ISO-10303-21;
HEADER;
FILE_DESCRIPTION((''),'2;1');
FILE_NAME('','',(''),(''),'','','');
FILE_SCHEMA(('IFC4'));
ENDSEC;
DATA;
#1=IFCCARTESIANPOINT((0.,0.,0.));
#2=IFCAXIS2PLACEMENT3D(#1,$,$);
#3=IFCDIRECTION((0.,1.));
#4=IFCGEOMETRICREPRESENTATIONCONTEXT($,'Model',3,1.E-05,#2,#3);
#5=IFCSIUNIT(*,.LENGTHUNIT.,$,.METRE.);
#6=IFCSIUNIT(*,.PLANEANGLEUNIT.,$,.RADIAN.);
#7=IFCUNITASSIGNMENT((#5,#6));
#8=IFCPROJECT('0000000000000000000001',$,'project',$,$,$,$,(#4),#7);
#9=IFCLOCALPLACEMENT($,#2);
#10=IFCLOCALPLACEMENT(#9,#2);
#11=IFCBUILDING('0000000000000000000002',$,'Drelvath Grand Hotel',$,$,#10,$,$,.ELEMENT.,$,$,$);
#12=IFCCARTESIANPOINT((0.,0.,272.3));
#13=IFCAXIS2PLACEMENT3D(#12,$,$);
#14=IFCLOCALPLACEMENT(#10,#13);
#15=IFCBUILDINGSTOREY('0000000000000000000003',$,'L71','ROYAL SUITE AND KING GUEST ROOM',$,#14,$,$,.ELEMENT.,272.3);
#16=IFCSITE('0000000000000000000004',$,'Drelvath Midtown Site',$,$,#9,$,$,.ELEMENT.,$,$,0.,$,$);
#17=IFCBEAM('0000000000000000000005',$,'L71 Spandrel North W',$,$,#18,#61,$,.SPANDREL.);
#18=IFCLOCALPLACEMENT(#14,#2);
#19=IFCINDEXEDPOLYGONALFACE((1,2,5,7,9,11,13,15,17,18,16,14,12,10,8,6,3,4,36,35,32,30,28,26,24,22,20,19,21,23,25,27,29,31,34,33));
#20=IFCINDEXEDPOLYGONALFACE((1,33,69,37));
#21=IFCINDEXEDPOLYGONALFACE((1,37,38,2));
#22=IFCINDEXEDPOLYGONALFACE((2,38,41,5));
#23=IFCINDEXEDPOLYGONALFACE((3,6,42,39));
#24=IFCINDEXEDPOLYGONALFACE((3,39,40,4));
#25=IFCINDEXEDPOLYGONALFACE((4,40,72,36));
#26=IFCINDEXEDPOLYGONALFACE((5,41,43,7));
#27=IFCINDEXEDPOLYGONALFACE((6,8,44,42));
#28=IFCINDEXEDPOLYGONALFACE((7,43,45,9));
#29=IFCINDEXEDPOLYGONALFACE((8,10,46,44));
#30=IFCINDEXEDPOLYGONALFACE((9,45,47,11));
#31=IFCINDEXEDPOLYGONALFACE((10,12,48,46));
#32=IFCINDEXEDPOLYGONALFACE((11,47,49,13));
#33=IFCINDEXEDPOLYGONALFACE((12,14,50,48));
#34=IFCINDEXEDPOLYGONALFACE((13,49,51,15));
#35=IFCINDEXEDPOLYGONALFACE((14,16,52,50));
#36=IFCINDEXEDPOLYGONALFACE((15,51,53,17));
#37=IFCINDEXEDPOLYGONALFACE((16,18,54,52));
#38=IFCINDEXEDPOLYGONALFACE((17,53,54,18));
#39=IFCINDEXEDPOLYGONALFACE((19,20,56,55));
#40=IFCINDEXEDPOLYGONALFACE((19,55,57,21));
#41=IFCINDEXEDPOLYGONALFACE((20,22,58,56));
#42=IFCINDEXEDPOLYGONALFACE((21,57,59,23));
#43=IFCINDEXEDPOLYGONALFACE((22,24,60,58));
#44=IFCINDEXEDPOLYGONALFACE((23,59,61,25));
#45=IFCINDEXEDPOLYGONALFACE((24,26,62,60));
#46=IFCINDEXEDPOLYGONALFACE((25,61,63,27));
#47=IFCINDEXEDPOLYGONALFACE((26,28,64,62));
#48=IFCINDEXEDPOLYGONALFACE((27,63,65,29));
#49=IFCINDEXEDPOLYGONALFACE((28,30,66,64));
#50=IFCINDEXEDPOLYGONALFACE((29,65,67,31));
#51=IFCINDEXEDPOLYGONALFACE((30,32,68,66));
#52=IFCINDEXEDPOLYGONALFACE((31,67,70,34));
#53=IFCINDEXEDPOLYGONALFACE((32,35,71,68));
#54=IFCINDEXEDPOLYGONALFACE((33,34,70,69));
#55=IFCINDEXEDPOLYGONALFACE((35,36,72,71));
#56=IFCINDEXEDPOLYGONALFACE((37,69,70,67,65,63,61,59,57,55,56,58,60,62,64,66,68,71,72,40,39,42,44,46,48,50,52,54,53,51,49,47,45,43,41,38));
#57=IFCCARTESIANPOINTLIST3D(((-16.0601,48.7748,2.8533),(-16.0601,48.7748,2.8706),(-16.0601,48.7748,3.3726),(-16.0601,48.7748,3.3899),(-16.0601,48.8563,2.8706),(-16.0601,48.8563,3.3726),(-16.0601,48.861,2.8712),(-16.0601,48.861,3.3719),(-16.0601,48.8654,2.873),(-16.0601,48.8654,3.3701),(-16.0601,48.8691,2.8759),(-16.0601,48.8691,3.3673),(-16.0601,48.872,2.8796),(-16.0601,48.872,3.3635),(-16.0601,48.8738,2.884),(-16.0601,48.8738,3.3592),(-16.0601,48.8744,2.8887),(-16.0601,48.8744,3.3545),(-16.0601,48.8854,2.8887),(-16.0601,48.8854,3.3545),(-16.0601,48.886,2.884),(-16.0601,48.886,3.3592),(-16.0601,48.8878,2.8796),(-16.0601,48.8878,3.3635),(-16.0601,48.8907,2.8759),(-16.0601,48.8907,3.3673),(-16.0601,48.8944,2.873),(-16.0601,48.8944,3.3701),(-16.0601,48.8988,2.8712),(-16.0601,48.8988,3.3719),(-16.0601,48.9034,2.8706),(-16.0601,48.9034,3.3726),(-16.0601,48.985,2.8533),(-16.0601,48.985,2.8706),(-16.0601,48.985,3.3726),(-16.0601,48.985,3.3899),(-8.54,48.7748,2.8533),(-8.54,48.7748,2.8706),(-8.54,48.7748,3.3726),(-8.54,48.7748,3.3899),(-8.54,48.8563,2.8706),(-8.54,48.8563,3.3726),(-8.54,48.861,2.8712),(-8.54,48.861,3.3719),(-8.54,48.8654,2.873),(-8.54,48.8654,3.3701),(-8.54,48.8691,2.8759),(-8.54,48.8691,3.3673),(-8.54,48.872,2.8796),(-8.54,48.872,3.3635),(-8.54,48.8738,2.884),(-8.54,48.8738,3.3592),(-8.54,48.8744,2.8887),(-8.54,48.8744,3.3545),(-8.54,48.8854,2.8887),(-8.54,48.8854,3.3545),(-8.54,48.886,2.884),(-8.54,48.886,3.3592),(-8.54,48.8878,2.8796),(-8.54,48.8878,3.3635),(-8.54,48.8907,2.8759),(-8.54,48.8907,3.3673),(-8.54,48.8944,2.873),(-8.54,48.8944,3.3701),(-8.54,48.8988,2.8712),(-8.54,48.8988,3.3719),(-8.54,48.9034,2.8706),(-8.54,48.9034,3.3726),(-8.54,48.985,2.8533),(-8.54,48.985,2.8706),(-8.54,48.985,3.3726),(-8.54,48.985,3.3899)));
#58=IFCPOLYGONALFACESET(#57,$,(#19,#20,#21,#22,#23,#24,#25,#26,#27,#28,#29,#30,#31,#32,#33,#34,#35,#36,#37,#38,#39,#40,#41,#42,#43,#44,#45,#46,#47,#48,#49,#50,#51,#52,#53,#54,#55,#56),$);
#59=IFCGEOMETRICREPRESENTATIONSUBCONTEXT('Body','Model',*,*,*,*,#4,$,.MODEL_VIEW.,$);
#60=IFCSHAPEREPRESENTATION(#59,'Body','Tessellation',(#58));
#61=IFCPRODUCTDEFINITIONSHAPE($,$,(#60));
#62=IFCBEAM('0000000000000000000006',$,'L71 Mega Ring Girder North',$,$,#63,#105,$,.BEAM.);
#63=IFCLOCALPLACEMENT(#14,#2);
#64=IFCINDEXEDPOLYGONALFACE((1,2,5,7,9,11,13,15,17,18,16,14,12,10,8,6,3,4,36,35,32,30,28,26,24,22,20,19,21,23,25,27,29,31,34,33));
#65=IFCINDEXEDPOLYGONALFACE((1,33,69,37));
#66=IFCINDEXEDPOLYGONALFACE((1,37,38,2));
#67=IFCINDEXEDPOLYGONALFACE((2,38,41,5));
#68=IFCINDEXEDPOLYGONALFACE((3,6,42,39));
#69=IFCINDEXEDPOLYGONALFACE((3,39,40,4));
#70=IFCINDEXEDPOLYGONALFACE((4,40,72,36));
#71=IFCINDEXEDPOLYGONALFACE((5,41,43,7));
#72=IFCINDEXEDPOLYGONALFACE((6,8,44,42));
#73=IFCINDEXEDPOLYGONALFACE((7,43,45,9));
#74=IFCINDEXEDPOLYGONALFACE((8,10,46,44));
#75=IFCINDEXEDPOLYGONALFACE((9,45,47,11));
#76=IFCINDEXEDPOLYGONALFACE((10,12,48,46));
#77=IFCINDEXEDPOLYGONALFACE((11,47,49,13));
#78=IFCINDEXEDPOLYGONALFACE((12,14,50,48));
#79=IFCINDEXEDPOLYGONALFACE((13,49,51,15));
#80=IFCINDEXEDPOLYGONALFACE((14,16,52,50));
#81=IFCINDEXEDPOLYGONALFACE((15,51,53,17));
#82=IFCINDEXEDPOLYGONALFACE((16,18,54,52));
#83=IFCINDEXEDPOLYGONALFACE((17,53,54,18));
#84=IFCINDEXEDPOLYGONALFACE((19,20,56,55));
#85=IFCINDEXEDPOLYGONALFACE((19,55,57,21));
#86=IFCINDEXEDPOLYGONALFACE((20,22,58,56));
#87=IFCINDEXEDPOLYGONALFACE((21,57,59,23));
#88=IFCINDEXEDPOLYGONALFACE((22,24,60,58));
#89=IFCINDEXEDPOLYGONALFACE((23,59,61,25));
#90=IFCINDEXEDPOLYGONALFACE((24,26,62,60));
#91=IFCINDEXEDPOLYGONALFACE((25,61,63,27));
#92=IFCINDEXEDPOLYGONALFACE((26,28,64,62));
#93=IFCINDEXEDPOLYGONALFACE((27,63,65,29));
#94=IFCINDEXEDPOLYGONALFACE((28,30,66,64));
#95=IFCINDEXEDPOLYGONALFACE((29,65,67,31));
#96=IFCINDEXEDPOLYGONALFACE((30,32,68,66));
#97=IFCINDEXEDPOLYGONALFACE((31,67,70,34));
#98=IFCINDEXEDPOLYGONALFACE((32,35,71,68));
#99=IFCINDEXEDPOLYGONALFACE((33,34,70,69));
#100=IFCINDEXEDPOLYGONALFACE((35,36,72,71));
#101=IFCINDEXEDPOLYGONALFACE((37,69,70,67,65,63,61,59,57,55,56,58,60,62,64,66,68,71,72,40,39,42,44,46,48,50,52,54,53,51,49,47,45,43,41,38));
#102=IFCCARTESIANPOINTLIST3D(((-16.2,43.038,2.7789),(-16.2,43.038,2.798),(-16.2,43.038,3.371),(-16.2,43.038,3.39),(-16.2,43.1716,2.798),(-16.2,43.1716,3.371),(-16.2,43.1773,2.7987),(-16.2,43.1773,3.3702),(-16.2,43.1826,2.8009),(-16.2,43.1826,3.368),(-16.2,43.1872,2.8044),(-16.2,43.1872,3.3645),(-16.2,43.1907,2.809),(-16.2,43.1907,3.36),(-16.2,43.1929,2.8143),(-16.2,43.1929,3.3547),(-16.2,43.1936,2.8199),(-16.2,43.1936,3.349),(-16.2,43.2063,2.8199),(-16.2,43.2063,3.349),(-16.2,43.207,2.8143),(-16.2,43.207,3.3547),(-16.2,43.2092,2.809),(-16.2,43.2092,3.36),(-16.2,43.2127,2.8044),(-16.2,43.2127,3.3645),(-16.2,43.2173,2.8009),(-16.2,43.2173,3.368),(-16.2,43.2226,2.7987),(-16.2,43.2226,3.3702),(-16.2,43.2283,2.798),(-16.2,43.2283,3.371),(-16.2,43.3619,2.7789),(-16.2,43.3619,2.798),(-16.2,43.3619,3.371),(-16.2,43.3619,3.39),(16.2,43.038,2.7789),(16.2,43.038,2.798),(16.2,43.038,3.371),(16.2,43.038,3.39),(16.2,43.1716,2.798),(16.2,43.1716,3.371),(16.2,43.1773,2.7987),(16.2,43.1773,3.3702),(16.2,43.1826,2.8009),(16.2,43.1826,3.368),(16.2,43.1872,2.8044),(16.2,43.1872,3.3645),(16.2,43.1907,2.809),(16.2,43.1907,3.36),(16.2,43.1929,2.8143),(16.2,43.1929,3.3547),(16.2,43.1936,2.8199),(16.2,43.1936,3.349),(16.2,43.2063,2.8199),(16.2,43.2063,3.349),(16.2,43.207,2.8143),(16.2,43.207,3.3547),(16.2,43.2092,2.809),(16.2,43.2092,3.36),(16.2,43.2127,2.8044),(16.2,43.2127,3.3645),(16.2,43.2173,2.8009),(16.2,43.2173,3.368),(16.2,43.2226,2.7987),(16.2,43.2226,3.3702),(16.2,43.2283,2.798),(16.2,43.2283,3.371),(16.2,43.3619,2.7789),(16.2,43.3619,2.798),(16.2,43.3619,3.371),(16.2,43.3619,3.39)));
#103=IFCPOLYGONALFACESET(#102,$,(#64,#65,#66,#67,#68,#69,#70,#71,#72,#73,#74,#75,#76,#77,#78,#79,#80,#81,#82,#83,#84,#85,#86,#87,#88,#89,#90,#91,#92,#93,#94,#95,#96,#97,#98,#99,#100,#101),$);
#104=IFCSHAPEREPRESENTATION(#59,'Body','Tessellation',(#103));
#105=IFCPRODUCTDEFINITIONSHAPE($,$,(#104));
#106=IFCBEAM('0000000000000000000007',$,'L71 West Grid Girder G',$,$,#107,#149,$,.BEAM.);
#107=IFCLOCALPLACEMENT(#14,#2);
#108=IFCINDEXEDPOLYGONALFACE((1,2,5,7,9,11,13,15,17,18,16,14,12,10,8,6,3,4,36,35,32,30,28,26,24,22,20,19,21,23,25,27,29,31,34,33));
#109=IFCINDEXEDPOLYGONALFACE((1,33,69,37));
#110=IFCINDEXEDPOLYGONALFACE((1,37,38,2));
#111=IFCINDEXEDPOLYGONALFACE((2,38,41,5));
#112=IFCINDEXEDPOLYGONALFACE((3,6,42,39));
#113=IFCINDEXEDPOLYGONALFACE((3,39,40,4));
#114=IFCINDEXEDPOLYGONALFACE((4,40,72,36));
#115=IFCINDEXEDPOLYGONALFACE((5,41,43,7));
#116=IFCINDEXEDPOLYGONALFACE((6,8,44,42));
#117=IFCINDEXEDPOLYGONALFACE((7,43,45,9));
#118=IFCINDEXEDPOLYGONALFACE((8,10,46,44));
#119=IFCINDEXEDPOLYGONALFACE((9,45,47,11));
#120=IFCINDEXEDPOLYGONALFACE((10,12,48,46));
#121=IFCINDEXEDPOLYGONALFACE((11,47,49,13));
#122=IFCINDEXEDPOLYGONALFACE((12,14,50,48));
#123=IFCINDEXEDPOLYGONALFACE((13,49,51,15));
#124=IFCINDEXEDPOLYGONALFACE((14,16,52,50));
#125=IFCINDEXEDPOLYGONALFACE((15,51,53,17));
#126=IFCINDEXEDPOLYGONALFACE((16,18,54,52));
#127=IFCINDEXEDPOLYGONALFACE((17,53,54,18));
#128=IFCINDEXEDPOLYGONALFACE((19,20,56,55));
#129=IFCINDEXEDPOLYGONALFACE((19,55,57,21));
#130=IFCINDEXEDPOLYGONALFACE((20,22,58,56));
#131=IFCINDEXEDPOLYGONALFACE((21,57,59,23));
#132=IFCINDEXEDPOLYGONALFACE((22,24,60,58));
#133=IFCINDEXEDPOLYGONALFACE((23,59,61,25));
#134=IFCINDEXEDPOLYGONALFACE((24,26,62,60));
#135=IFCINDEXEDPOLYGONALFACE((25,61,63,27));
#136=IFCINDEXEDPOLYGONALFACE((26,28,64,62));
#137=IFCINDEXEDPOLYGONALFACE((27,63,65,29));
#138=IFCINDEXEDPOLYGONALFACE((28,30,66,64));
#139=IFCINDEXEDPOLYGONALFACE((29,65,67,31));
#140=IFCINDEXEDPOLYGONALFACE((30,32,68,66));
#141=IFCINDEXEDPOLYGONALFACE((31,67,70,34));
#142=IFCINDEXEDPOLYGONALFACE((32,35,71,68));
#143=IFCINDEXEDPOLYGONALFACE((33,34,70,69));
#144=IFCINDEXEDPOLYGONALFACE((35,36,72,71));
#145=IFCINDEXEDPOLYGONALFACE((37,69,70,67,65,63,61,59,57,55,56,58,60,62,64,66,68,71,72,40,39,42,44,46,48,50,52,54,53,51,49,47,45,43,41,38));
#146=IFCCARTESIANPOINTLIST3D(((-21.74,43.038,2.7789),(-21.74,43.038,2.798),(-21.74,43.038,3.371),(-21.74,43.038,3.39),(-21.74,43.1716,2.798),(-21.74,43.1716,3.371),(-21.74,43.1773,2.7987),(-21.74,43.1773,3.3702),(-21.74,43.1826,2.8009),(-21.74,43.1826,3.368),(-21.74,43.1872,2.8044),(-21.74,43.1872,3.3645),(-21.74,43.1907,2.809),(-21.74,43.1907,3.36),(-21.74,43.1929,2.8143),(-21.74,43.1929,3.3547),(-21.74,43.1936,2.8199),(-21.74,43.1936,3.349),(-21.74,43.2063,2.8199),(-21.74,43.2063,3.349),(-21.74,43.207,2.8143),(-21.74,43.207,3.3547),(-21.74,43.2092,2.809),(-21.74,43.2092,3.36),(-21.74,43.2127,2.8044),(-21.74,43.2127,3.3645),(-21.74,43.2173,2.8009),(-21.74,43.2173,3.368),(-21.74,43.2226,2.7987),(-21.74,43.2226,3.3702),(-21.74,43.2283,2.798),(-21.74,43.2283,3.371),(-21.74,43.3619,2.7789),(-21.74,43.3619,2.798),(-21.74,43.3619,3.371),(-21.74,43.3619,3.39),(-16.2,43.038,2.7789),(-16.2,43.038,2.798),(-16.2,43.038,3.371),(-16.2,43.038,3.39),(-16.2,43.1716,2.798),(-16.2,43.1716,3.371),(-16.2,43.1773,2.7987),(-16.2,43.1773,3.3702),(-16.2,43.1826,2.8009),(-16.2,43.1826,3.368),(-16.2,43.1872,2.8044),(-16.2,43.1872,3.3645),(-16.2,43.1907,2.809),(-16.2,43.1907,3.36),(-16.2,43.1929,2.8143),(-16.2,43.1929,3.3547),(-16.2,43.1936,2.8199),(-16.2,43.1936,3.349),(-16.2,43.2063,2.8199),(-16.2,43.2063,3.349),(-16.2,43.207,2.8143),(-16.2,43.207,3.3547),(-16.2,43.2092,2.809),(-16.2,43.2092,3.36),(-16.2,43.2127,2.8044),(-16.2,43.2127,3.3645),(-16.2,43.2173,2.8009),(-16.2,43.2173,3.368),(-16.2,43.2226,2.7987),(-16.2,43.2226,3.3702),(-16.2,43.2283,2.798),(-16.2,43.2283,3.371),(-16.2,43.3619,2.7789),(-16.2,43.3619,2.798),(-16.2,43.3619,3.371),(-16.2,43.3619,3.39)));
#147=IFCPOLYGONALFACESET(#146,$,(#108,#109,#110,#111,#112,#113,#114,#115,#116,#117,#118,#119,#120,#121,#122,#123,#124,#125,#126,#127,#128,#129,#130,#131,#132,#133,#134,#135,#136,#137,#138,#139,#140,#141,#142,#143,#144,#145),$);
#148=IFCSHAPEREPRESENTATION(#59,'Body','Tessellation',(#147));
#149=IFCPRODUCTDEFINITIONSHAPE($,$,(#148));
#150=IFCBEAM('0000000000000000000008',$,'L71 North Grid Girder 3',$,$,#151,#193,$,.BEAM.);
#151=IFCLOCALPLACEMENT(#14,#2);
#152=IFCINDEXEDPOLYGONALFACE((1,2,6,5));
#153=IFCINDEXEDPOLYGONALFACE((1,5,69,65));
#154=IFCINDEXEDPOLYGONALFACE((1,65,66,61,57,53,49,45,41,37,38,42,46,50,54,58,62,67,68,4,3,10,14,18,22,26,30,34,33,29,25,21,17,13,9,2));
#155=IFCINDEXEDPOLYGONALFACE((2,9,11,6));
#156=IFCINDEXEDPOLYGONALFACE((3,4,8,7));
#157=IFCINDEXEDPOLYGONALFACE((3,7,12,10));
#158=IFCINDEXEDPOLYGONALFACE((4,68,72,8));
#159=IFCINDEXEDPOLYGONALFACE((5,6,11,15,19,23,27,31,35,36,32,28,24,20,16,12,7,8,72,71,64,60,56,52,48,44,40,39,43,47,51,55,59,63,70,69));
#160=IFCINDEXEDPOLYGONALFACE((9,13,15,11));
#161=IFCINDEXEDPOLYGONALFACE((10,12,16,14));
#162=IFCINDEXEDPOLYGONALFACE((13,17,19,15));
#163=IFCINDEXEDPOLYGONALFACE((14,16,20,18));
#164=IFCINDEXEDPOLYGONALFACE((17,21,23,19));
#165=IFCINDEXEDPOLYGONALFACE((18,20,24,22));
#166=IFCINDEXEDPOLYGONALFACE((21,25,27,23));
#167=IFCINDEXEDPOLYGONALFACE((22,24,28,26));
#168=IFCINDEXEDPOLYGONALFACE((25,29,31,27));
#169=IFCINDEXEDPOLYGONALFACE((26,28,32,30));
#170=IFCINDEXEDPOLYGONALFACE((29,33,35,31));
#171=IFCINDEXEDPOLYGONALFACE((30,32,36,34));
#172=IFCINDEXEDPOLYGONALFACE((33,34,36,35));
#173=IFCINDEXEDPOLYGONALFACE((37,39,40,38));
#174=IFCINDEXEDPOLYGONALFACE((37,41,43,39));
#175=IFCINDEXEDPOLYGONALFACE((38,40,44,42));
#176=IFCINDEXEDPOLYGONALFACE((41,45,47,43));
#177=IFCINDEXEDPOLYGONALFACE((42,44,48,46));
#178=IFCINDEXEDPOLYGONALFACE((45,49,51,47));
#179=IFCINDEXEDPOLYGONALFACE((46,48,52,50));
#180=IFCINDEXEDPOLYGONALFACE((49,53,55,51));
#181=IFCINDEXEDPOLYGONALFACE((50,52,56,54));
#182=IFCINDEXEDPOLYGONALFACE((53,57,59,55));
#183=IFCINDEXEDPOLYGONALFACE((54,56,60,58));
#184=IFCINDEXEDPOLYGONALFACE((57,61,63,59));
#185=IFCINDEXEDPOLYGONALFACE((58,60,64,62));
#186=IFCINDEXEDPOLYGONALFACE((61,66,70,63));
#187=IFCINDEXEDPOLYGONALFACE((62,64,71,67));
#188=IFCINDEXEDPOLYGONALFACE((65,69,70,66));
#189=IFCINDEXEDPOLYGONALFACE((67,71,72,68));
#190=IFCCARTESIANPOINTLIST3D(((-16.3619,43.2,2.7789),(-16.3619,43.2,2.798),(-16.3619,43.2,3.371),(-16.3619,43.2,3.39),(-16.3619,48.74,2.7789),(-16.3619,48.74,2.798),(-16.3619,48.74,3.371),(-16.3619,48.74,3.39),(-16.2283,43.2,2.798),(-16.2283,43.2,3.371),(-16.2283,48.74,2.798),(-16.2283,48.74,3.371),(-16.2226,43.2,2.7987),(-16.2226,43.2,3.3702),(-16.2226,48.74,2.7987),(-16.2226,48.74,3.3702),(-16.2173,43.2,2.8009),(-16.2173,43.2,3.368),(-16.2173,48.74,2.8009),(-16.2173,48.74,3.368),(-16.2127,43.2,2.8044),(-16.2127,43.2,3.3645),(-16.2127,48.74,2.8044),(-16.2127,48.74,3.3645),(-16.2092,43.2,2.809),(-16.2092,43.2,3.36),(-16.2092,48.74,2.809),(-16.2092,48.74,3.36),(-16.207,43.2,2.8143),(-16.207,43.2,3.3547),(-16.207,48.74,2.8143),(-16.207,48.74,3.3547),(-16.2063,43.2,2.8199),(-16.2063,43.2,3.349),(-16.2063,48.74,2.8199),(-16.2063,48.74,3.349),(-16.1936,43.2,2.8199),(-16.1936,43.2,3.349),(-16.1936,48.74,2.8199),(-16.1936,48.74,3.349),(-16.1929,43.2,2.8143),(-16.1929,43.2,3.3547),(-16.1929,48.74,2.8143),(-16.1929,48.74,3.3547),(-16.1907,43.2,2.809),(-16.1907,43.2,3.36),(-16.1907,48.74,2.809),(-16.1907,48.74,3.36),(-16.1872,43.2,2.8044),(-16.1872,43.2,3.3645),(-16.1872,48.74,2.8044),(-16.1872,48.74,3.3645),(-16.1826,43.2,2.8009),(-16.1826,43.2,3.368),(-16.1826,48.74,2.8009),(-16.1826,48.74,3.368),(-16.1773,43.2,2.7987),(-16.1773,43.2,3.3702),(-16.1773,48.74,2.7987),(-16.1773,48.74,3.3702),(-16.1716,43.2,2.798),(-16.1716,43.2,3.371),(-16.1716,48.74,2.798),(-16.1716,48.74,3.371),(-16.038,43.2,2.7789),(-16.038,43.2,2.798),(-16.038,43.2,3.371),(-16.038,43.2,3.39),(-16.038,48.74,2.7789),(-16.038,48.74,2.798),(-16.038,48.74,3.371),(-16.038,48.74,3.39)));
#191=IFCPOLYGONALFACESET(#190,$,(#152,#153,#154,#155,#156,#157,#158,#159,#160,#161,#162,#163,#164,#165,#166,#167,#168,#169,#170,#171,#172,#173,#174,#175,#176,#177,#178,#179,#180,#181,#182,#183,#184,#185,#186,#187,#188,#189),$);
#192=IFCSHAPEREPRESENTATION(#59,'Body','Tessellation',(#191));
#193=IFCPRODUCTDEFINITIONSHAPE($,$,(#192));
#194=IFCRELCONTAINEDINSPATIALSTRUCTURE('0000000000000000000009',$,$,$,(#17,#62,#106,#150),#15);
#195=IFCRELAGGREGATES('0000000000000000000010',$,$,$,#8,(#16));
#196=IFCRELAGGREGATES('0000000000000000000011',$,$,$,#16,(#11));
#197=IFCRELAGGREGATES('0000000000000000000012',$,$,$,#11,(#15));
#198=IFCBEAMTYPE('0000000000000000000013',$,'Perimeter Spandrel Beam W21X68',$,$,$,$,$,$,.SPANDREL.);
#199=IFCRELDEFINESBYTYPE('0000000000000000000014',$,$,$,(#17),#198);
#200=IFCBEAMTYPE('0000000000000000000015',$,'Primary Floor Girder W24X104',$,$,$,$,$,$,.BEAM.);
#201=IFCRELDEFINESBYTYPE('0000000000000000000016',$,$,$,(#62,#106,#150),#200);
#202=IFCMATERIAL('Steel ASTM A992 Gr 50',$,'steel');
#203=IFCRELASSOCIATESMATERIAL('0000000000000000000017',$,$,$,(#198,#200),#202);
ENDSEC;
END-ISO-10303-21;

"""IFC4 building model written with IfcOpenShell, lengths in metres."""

from ifc_helpers import new_model, si_unit, direction, frame, origin, origin_2d, place, context, subcontext, project, spatial, i_section, extrude, material, material_profile, profile_set, type_object, element, save


model = new_model("IFC4")

# Units and contexts
model_context = context("Model", 3, precision=1e-05, world=origin(), true_north=direction((0.0, 1.0)))
body_context = subcontext(model_context, "Body", "Model", "MODEL_VIEW")
ifc_project = project(units=[si_unit("LENGTHUNIT", "METRE"), si_unit("PLANEANGLEUNIT", "RADIAN")], contexts=[model_context])

# Site, building, storey
site_placement = place(None, origin())
site = spatial("IfcSite", under=ifc_project, at=site_placement, Name="Drelvath Midtown Site", CompositionType="ELEMENT", RefElevation=0.0)
building_placement = place(site_placement, origin())
building = spatial("IfcBuilding", under=site, at=building_placement, Name="Drelvath Grand Hotel", CompositionType="ELEMENT")
storey_placement = place(building_placement, frame((0.0, 0.0, 272.3)))
storey = spatial("IfcBuildingStorey", under=building, at=storey_placement, Name="L71", Description="ROYAL SUITE AND KING GUEST ROOM", CompositionType="ELEMENT", Elevation=272.3)

# Beams
ifc_material_1 = material(Name="Steel ASTM A992 Gr 50", Category="steel")
ifc_material_profile_1 = material_profile(ifc_material_1, i_section(OverallWidth=0.2102, OverallDepth=0.5366, WebThickness=0.011, FlangeThickness=0.0173, FilletRadius=0.0181, at=origin_2d()), Name="W21X68")
ifc_profile_set_1 = profile_set([ifc_material_profile_1], Name="Steel ASTM A992 Gr 50")
beam_type_1 = type_object("IfcBeamType", Name="Perimeter Spandrel Beam W21X68", PredefinedType="SPANDREL", material=ifc_profile_set_1)
beam_1_placement = place(storey_placement, frame((-16.0601, 48.8799, 3.1216), z_axis=(1.0, 0.0, 0.0), x_axis=(0.0, 1.0, 0.0)))
element("IfcBeam", 1, at=beam_1_placement, inside=storey, type_object=beam_type_1, Name="L71 Spandrel North W", PredefinedType="SPANDREL", context=body_context, shape_type="SweptSolid", body=[
    extrude(i_section(OverallWidth=0.2102, OverallDepth=0.5366, WebThickness=0.011, FlangeThickness=0.0173, FilletRadius=0.0181, at=origin_2d()), origin(), (0.0, 0.0, 1.0), 7.52),
])
ifc_material_profile_2 = material_profile(ifc_material_1, i_section(OverallWidth=0.324, OverallDepth=0.6111, WebThickness=0.0127, FlangeThickness=0.019, FilletRadius=0.022, at=origin_2d()), Name="W24X104")
ifc_profile_set_2 = profile_set([ifc_material_profile_2], Name="Steel ASTM A992 Gr 50")
beam_type_2 = type_object("IfcBeamType", Name="Primary Floor Girder W24X104", PredefinedType="BEAM", material=ifc_profile_set_2)
beam_2_placement = place(storey_placement, frame((-16.2, 43.2, 3.0845), z_axis=(1.0, 0.0, 0.0), x_axis=(0.0, 1.0, 0.0)))
element("IfcBeam", 2, at=beam_2_placement, inside=storey, type_object=beam_type_2, Name="L71 Mega Ring Girder North", PredefinedType="BEAM", context=body_context, shape_type="SweptSolid", body=[
    extrude(i_section(OverallWidth=0.324, OverallDepth=0.6111, WebThickness=0.0127, FlangeThickness=0.019, FilletRadius=0.022, at=origin_2d()), origin(), (0.0, 0.0, 1.0), 32.3999),
])
for number, where, z_axis, x_axis, name in (
    (3, (-21.74, 43.2, 3.0845), (1.0, 0.0, 0.0), (0.0, 1.0, 0.0), "L71 West Grid Girder G"),
    (4, (-16.2, 43.2, 3.0845), (0.0, 1.0, 0.0), (-1.0, 0.0, 0.0), "L71 North Grid Girder 3"),
):
    element("IfcBeam", number, at=place(storey_placement, frame(where, z_axis=z_axis, x_axis=x_axis)), inside=storey, type_object=beam_type_2, Name=name, PredefinedType="BEAM", context=body_context, shape_type="SweptSolid", body=[
        extrude(i_section(OverallWidth=0.324, OverallDepth=0.6111, WebThickness=0.0127, FlangeThickness=0.019, FilletRadius=0.022, at=origin_2d()), origin(), (0.0, 0.0, 1.0), 5.54),
    ])

save(model, "model.ifc")
